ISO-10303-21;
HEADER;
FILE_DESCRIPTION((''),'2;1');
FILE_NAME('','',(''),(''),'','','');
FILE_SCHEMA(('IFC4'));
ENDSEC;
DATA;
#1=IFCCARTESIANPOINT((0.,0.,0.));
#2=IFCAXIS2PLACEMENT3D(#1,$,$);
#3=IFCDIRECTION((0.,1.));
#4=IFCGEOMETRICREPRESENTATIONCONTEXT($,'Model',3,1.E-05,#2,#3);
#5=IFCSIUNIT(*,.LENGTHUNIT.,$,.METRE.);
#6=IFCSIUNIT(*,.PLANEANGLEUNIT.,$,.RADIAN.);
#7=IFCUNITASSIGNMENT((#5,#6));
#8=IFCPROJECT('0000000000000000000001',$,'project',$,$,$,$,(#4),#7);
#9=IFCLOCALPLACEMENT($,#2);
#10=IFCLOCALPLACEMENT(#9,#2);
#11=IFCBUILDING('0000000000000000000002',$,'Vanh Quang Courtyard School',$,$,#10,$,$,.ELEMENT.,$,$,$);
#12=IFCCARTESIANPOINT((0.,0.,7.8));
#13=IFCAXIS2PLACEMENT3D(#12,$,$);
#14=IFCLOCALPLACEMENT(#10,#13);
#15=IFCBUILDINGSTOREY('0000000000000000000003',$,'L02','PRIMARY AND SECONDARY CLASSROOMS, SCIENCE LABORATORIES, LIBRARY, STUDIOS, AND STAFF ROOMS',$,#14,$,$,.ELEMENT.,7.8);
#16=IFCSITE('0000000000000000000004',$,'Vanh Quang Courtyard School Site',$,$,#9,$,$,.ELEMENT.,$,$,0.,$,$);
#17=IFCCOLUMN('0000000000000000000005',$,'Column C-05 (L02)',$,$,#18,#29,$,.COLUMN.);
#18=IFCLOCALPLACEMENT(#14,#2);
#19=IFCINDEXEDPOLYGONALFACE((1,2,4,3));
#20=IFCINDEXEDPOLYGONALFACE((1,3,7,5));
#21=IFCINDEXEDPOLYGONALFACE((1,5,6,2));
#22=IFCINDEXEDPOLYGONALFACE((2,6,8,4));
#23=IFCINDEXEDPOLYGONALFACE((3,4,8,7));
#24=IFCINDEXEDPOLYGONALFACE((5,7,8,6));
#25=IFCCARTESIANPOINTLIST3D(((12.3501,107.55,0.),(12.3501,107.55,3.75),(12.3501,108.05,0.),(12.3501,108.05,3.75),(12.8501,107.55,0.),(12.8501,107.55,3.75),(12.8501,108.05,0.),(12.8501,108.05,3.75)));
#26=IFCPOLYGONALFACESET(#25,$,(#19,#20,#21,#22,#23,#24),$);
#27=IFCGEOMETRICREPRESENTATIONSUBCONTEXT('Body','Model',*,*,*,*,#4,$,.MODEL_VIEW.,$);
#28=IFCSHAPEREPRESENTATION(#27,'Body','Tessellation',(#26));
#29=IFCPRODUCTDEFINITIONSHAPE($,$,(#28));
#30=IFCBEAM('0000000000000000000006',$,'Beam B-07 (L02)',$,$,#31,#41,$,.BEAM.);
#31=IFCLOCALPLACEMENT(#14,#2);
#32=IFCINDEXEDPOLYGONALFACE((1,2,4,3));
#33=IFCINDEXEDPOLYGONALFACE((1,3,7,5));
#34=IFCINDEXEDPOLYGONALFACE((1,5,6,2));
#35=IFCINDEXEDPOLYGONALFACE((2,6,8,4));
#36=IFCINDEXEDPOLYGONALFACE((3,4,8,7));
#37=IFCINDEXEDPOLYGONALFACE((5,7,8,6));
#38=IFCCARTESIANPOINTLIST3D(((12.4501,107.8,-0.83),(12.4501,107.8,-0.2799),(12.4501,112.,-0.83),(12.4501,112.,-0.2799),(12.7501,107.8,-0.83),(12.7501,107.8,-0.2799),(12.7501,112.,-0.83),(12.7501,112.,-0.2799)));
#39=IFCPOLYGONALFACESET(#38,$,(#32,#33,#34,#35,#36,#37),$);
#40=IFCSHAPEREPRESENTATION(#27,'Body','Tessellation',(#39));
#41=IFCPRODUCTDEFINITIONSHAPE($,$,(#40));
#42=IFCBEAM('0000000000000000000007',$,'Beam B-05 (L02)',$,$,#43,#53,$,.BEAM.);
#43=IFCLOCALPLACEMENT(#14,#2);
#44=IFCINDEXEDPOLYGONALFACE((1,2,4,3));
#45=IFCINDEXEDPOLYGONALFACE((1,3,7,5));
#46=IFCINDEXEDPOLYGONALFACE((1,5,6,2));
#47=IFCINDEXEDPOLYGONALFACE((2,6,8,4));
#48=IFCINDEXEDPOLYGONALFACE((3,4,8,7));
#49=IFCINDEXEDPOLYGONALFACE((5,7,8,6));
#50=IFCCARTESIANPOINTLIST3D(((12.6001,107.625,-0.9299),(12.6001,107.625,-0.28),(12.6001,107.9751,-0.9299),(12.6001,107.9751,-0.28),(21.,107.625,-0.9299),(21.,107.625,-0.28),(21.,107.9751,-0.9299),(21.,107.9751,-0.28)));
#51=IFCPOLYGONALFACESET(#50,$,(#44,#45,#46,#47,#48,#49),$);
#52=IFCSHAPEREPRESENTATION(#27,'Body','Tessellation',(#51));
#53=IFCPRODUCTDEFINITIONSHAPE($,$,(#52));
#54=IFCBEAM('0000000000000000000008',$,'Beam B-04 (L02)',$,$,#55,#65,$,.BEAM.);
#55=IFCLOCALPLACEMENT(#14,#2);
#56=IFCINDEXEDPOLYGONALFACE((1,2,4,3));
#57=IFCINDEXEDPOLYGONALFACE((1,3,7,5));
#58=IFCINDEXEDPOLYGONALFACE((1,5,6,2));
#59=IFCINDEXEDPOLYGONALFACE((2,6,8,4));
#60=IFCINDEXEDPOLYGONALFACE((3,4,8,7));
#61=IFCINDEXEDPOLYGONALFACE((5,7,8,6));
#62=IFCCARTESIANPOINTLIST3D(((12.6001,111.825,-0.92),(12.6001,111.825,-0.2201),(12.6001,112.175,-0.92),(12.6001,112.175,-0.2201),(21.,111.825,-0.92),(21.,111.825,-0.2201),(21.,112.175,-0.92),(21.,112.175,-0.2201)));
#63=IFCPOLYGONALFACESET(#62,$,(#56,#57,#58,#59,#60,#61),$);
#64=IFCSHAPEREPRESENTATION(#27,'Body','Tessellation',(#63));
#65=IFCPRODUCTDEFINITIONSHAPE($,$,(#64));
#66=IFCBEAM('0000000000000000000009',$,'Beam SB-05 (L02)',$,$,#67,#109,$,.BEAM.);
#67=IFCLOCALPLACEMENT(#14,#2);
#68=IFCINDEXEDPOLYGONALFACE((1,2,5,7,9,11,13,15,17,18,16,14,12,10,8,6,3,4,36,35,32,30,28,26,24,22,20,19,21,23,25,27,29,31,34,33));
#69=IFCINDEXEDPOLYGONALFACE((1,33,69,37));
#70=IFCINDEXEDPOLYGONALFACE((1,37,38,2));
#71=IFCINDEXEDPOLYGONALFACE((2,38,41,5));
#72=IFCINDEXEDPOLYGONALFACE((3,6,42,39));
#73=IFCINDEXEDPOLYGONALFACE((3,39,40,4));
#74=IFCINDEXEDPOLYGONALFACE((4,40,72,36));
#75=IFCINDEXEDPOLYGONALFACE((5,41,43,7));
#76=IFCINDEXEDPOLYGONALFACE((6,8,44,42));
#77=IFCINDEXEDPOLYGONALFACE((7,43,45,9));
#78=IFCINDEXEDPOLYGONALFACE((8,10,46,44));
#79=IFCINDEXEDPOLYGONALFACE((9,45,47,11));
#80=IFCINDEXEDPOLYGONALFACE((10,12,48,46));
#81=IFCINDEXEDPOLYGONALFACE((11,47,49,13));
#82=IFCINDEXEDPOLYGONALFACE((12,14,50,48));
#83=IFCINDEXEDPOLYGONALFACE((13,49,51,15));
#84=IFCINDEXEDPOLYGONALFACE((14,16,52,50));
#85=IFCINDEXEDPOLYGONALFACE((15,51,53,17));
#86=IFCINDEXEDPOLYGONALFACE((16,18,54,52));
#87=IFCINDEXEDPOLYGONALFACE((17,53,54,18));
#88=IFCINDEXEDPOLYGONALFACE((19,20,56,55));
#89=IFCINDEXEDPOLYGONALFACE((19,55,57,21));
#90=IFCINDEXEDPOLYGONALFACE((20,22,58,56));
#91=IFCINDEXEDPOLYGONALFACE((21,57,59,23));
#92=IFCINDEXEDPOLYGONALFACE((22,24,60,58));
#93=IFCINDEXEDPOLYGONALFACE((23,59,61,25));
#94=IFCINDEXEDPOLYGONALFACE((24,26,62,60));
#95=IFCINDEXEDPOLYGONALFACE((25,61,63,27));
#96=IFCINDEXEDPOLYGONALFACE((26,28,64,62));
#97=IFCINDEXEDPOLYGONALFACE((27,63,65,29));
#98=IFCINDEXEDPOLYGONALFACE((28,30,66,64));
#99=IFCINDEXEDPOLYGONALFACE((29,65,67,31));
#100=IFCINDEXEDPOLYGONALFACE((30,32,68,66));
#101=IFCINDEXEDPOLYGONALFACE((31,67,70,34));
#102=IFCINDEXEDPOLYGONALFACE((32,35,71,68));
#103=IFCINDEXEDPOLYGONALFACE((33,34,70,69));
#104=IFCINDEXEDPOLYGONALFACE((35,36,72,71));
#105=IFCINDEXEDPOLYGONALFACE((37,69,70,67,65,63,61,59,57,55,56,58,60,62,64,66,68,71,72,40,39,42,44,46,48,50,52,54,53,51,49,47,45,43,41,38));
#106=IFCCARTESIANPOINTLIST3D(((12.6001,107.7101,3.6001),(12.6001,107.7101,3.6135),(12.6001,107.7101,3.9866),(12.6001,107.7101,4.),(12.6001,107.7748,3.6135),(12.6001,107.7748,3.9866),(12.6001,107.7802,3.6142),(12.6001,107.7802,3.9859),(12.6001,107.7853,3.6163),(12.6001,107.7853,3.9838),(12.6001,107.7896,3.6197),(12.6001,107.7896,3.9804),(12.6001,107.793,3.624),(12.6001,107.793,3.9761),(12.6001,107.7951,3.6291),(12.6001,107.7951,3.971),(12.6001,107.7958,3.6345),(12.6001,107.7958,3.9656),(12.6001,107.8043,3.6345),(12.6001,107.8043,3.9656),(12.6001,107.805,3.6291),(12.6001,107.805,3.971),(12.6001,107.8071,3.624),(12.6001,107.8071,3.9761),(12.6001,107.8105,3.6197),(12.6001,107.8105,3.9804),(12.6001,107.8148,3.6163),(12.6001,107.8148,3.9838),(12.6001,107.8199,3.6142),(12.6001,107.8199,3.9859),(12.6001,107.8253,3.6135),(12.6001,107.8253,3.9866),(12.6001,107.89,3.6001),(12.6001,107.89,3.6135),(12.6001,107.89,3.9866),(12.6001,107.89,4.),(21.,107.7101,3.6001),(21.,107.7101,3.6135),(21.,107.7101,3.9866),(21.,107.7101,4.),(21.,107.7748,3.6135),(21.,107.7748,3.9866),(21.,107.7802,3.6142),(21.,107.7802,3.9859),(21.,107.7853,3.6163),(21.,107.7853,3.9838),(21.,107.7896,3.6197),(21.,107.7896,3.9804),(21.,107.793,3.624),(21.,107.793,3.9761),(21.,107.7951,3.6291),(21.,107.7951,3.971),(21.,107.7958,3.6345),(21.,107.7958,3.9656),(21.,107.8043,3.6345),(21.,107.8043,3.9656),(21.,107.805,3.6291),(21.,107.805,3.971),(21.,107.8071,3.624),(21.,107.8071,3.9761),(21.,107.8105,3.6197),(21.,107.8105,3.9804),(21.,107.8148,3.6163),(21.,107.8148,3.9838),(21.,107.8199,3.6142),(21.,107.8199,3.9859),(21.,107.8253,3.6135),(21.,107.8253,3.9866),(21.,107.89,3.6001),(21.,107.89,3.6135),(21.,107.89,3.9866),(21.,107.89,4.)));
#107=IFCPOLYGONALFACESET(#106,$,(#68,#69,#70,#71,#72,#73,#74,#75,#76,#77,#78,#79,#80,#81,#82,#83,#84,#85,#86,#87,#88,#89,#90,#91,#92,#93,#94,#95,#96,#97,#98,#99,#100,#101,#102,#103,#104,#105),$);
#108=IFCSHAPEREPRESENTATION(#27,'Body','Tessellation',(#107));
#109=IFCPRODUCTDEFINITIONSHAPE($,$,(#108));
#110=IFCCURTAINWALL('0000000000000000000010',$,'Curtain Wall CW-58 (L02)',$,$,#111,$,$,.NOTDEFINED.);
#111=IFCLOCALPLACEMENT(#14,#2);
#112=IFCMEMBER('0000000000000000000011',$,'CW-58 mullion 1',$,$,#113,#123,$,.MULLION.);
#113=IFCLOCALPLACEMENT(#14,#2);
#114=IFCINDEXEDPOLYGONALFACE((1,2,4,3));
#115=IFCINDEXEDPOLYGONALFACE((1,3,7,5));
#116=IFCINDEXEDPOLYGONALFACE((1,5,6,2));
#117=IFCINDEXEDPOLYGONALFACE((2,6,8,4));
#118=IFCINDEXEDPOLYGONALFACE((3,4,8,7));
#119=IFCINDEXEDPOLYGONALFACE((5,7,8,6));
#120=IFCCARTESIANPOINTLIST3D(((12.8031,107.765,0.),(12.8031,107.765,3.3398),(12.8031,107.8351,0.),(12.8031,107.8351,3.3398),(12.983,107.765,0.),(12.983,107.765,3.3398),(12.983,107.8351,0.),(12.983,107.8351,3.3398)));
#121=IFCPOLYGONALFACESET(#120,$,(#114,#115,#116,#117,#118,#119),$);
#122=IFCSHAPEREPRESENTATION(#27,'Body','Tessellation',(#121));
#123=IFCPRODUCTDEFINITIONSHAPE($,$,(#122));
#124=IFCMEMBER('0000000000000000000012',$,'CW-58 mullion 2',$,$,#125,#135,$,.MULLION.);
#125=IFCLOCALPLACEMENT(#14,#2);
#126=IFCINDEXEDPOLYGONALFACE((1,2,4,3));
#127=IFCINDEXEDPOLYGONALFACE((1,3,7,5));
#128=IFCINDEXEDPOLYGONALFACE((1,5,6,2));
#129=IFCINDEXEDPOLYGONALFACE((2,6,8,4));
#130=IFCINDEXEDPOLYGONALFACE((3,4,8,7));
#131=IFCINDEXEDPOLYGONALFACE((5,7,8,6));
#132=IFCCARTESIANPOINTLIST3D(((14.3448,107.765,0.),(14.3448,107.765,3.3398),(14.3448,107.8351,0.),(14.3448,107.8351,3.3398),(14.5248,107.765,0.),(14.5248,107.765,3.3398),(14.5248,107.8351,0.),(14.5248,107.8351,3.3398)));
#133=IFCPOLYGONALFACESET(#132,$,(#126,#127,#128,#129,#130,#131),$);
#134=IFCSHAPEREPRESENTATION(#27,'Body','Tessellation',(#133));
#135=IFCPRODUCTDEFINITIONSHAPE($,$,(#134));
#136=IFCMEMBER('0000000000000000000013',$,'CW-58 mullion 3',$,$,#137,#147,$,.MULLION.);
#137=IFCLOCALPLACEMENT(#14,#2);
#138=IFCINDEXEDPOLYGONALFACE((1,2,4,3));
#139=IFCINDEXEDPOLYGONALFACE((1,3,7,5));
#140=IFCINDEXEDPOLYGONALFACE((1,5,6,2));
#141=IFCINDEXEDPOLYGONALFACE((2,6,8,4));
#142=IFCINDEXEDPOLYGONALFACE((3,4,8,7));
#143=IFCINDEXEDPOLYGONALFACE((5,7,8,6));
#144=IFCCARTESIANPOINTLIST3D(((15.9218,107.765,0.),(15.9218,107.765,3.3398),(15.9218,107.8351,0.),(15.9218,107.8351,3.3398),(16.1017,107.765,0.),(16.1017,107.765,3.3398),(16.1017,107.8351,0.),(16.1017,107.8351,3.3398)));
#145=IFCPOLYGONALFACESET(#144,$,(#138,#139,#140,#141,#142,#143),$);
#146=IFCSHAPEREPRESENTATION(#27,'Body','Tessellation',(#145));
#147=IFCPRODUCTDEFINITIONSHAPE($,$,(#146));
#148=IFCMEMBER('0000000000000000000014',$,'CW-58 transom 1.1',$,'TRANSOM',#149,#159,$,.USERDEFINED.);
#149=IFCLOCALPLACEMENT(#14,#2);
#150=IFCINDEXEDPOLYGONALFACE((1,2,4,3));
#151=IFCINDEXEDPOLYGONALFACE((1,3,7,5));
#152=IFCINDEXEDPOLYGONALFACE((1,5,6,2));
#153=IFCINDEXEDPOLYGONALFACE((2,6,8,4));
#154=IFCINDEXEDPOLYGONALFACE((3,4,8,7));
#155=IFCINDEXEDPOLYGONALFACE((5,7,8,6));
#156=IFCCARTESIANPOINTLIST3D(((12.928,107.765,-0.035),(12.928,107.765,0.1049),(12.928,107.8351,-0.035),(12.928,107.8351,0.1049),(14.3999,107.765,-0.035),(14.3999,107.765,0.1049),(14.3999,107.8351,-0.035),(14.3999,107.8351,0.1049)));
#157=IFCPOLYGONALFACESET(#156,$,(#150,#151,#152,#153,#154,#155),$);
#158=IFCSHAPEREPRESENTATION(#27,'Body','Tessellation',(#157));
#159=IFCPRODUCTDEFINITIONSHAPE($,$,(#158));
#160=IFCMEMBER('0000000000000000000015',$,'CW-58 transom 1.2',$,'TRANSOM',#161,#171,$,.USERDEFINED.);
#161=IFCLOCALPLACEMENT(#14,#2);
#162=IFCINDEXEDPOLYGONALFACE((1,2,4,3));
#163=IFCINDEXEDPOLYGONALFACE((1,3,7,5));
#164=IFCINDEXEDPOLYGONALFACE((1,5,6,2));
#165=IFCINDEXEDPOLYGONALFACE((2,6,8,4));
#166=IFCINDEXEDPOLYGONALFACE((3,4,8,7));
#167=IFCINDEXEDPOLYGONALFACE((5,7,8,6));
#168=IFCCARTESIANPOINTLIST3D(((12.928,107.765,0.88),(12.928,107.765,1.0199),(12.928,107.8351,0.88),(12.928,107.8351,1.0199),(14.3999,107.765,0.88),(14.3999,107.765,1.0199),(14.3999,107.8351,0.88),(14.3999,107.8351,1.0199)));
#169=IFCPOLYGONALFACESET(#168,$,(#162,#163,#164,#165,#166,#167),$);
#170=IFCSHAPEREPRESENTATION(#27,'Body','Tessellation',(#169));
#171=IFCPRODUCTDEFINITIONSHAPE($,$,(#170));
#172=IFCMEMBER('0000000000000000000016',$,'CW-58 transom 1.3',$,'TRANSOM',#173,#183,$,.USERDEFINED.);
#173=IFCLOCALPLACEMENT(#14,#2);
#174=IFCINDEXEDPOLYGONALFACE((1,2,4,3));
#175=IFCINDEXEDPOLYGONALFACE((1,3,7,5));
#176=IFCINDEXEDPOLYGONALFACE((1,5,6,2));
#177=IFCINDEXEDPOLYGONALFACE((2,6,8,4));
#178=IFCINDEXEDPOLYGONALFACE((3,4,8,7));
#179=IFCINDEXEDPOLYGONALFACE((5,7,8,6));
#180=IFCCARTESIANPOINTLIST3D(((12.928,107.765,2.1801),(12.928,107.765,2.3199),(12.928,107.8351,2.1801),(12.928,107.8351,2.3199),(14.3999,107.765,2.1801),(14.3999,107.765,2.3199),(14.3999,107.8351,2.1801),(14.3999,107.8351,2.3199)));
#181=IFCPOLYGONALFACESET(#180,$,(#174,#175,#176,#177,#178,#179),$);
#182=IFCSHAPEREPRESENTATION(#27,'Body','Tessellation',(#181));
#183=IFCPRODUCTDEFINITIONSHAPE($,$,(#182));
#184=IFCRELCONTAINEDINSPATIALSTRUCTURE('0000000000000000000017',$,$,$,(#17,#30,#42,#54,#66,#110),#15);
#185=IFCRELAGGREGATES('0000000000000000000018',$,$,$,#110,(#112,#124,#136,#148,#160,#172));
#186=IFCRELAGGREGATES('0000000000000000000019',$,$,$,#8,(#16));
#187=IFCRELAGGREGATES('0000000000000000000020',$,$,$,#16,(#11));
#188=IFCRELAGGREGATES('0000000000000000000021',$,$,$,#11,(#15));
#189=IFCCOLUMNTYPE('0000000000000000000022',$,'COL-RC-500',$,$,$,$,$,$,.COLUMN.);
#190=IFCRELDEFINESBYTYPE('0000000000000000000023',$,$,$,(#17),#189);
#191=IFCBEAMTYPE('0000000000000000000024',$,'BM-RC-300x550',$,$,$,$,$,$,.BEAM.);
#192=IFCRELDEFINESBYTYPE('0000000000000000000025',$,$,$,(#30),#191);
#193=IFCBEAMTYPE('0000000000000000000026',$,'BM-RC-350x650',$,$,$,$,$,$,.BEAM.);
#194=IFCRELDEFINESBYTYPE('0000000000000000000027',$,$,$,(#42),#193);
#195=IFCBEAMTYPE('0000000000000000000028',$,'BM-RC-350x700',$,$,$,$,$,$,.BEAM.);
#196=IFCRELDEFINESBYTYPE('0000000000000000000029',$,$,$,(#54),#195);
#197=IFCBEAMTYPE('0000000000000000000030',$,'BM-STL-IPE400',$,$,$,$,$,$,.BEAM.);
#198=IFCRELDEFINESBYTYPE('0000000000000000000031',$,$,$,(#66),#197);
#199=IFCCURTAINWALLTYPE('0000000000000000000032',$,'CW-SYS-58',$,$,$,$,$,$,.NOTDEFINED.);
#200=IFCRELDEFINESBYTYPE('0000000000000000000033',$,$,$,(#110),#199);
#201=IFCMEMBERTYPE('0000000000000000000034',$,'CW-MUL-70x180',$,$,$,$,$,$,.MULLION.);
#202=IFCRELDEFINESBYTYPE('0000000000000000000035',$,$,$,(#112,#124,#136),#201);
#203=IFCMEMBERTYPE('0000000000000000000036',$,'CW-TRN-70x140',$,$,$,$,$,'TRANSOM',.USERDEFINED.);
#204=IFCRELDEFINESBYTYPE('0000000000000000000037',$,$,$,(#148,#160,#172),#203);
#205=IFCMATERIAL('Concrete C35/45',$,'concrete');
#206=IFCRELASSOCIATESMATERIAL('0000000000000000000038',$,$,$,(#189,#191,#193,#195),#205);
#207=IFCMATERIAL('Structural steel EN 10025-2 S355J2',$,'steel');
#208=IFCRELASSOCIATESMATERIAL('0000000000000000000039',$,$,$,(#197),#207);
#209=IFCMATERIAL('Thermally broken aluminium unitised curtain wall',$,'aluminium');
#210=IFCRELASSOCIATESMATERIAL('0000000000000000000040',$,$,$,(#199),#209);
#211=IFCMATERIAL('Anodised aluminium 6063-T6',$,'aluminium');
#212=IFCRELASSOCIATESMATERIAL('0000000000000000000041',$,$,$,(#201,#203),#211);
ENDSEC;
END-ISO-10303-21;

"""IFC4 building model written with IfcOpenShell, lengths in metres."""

from ifc_helpers import new_model, si_unit, direction, frame, origin, origin_2d, place, context, subcontext, project, spatial, rectangle, i_section, extrude, material, material_profile, profile_set, type_object, element, aggregate, save


model = new_model("IFC4")

# Units and contexts
model_context = context("Model", 3, precision=1e-05, world=origin(), true_north=direction((0.0, 1.0)))
body_context = subcontext(model_context, "Body", "Model", "MODEL_VIEW")
ifc_project = project(units=[si_unit("LENGTHUNIT", "METRE"), si_unit("PLANEANGLEUNIT", "RADIAN")], contexts=[model_context])

# Site, building, storey
site_placement = place(None, origin())
site = spatial("IfcSite", under=ifc_project, at=site_placement, Name="Vanh Quang Courtyard School Site", CompositionType="ELEMENT", RefElevation=0.0)
building_placement = place(site_placement, origin())
building = spatial("IfcBuilding", under=site, at=building_placement, Name="Vanh Quang Courtyard School", CompositionType="ELEMENT")
storey_placement = place(building_placement, frame((0.0, 0.0, 7.8)))
storey = spatial("IfcBuildingStorey", under=building, at=storey_placement, Name="L02", Description="PRIMARY AND SECONDARY CLASSROOMS, SCIENCE LABORATORIES, LIBRARY, STUDIOS, AND STAFF ROOMS", CompositionType="ELEMENT", Elevation=7.8)

# Column
ifc_material_1 = material(Name="Concrete C35/45", Category="concrete")
ifc_material_profile_1 = material_profile(ifc_material_1, rectangle(XDim=0.5, YDim=0.5, at=origin_2d()), Name="RC-COL 500x500")
ifc_profile_set_1 = profile_set([ifc_material_profile_1], Name="Concrete C35/45")
column_type = type_object("IfcColumnType", Name="COL-RC-500", PredefinedType="COLUMN", material=ifc_profile_set_1)
column_placement = place(storey_placement, frame((12.6001, 107.8, 0.0), z_axis=(0.0, 0.0, 1.0), x_axis=(1.0, 0.0, 0.0)))
element("IfcColumn", 1, at=column_placement, inside=storey, type_object=column_type, Name="Column C-05 (L02)", PredefinedType="COLUMN", context=body_context, shape_type="SweptSolid", body=[
    extrude(rectangle(XDim=0.5, YDim=0.5, at=origin_2d()), origin(), (0.0, 0.0, 1.0), 3.75),
])

# Beams
ifc_material_profile_2 = material_profile(ifc_material_1, rectangle(XDim=0.3, YDim=0.55, at=origin_2d()), Name="RC-BM 300x550")
ifc_profile_set_2 = profile_set([ifc_material_profile_2], Name="Concrete C35/45")
beam_type_1 = type_object("IfcBeamType", Name="BM-RC-300x550", PredefinedType="BEAM", material=ifc_profile_set_2)
beam_1_placement = place(storey_placement, frame((12.6001, 107.8, -0.5549), z_axis=(0.0, 1.0, 0.0), x_axis=(-1.0, 0.0, 0.0)))
element("IfcBeam", 2, at=beam_1_placement, inside=storey, type_object=beam_type_1, Name="Beam B-07 (L02)", PredefinedType="BEAM", context=body_context, shape_type="SweptSolid", body=[
    extrude(rectangle(XDim=0.3, YDim=0.55, at=origin_2d()), origin(), (0.0, 0.0, 1.0), 4.2),
])
ifc_material_profile_3 = material_profile(ifc_material_1, rectangle(XDim=0.3501, YDim=0.6499, at=origin_2d()), Name="RC-BM 350x650")
ifc_profile_set_3 = profile_set([ifc_material_profile_3], Name="Concrete C35/45")
beam_type_2 = type_object("IfcBeamType", Name="BM-RC-350x650", PredefinedType="BEAM", material=ifc_profile_set_3)
beam_2_placement = place(storey_placement, frame((12.6001, 107.8, -0.605), z_axis=(1.0, 0.0, 0.0), x_axis=(0.0, 1.0, 0.0)))
element("IfcBeam", 3, at=beam_2_placement, inside=storey, type_object=beam_type_2, Name="Beam B-05 (L02)", PredefinedType="BEAM", context=body_context, shape_type="SweptSolid", body=[
    extrude(rectangle(XDim=0.3501, YDim=0.6499, at=origin_2d()), origin(), (0.0, 0.0, 1.0), 8.3999),
])
ifc_material_profile_4 = material_profile(ifc_material_1, rectangle(XDim=0.3501, YDim=0.7, at=origin_2d()), Name="RC-BM 350x700")
ifc_profile_set_4 = profile_set([ifc_material_profile_4], Name="Concrete C35/45")
beam_type_3 = type_object("IfcBeamType", Name="BM-RC-350x700", PredefinedType="BEAM", material=ifc_profile_set_4)
beam_3_placement = place(storey_placement, frame((12.6001, 112.0, -0.5701), z_axis=(1.0, 0.0, 0.0), x_axis=(0.0, 1.0, 0.0)))
element("IfcBeam", 4, at=beam_3_placement, inside=storey, type_object=beam_type_3, Name="Beam B-04 (L02)", PredefinedType="BEAM", context=body_context, shape_type="SweptSolid", body=[
    extrude(rectangle(XDim=0.3501, YDim=0.7, at=origin_2d()), origin(), (0.0, 0.0, 1.0), 8.3999),
])
ifc_material_2 = material(Name="Structural steel EN 10025-2 S355J2", Category="steel")
ifc_material_profile_5 = material_profile(ifc_material_2, i_section(OverallWidth=0.1799, OverallDepth=0.3999, WebThickness=0.0085, FlangeThickness=0.0134, FilletRadius=0.021, at=origin_2d()), Name="IPE 400")
ifc_profile_set_5 = profile_set([ifc_material_profile_5], Name="Structural steel EN 10025-2 S355J2")
beam_type_4 = type_object("IfcBeamType", Name="BM-STL-IPE400", PredefinedType="BEAM", material=ifc_profile_set_5)
beam_4_placement = place(storey_placement, frame((12.6001, 107.8, 3.8), z_axis=(1.0, 0.0, 0.0), x_axis=(0.0, 1.0, 0.0)))
element("IfcBeam", 5, at=beam_4_placement, inside=storey, type_object=beam_type_4, Name="Beam SB-05 (L02)", PredefinedType="BEAM", context=body_context, shape_type="SweptSolid", body=[
    extrude(i_section(OverallWidth=0.1799, OverallDepth=0.3999, WebThickness=0.0085, FlangeThickness=0.0134, FilletRadius=0.021, at=origin_2d()), origin(), (0.0, 0.0, 1.0), 8.3999),
])

# Curtain wall, members
ifc_material_3 = material(Name="Thermally broken aluminium unitised curtain wall", Category="aluminium")
curtain_wall_type = type_object("IfcCurtainWallType", Name="CW-SYS-58", PredefinedType="NOTDEFINED", material=ifc_material_3)
curtain_wall_placement = place(storey_placement, origin())
curtain_wall = element("IfcCurtainWall", 6, at=curtain_wall_placement, inside=storey, type_object=curtain_wall_type, Name="Curtain Wall CW-58 (L02)", PredefinedType="NOTDEFINED")
ifc_material_4 = material(Name="Anodised aluminium 6063-T6", Category="aluminium")
ifc_material_profile_6 = material_profile(ifc_material_4, rectangle(XDim=0.0701, YDim=0.1799, at=origin_2d()), Name="ALU-MUL 70x180")
ifc_profile_set_6 = profile_set([ifc_material_profile_6], Name="Anodised aluminium 6063-T6")
member_type_1 = type_object("IfcMemberType", Name="CW-MUL-70x180", PredefinedType="MULLION", material=ifc_profile_set_6)
member_1_placement = place(storey_placement, frame((12.8931, 107.8, 0.0), z_axis=(0.0, 0.0, 1.0), x_axis=(0.0, 1.0, 0.0)))
member_1 = element("IfcMember", 7, at=member_1_placement, type_object=member_type_1, Name="CW-58 mullion 1", PredefinedType="MULLION", context=body_context, shape_type="SweptSolid", body=[
    extrude(rectangle(XDim=0.0701, YDim=0.1799, at=origin_2d()), origin(), (0.0, 0.0, 1.0), 3.3398),
])
member_2_placement = place(storey_placement, frame((14.4348, 107.8, 0.0), z_axis=(0.0, 0.0, 1.0), x_axis=(0.0, 1.0, 0.0)))
member_2 = element("IfcMember", 8, at=member_2_placement, type_object=member_type_1, Name="CW-58 mullion 2", PredefinedType="MULLION", context=body_context, shape_type="SweptSolid", body=[
    extrude(rectangle(XDim=0.0701, YDim=0.1799, at=origin_2d()), origin(), (0.0, 0.0, 1.0), 3.3398),
])
member_3_placement = place(storey_placement, frame((16.0117, 107.8, 0.0), z_axis=(0.0, 0.0, 1.0), x_axis=(0.0, 1.0, 0.0)))
member_3 = element("IfcMember", 9, at=member_3_placement, type_object=member_type_1, Name="CW-58 mullion 3", PredefinedType="MULLION", context=body_context, shape_type="SweptSolid", body=[
    extrude(rectangle(XDim=0.0701, YDim=0.1799, at=origin_2d()), origin(), (0.0, 0.0, 1.0), 3.3398),
])
ifc_material_profile_7 = material_profile(ifc_material_4, rectangle(XDim=0.0701, YDim=0.1399, at=origin_2d()), Name="ALU-TRN 70x140")
ifc_profile_set_7 = profile_set([ifc_material_profile_7], Name="Anodised aluminium 6063-T6")
member_type_2 = type_object("IfcMemberType", Name="CW-TRN-70x140", ElementType="TRANSOM", PredefinedType="USERDEFINED", material=ifc_profile_set_7)
member_4_placement = place(storey_placement, frame((12.928, 107.8, 0.0349), z_axis=(1.0, 0.0, 0.0), x_axis=(0.0, 1.0, 0.0)))
member_4 = element("IfcMember", 10, at=member_4_placement, type_object=member_type_2, Name="CW-58 transom 1.1", ObjectType="TRANSOM", PredefinedType="USERDEFINED", context=body_context, shape_type="SweptSolid", body=[
    extrude(rectangle(XDim=0.0701, YDim=0.1399, at=origin_2d()), origin(), (0.0, 0.0, 1.0), 1.4719),
])
member_5_placement = place(storey_placement, frame((12.928, 107.8, 0.95), z_axis=(1.0, 0.0, 0.0), x_axis=(0.0, 1.0, 0.0)))
member_5 = element("IfcMember", 11, at=member_5_placement, type_object=member_type_2, Name="CW-58 transom 1.2", ObjectType="TRANSOM", PredefinedType="USERDEFINED", context=body_context, shape_type="SweptSolid", body=[
    extrude(rectangle(XDim=0.0701, YDim=0.1399, at=origin_2d()), origin(), (0.0, 0.0, 1.0), 1.4719),
])
member_6_placement = place(storey_placement, frame((12.928, 107.8, 2.25), z_axis=(1.0, 0.0, 0.0), x_axis=(0.0, 1.0, 0.0)))
member_6 = element("IfcMember", 12, at=member_6_placement, type_object=member_type_2, Name="CW-58 transom 1.3", ObjectType="TRANSOM", PredefinedType="USERDEFINED", context=body_context, shape_type="SweptSolid", body=[
    extrude(rectangle(XDim=0.0701, YDim=0.1399, at=origin_2d()), origin(), (0.0, 0.0, 1.0), 1.4719),
])
aggregate(curtain_wall, [member_1, member_2, member_3, member_4, member_5, member_6])

save(model, "model.ifc")
